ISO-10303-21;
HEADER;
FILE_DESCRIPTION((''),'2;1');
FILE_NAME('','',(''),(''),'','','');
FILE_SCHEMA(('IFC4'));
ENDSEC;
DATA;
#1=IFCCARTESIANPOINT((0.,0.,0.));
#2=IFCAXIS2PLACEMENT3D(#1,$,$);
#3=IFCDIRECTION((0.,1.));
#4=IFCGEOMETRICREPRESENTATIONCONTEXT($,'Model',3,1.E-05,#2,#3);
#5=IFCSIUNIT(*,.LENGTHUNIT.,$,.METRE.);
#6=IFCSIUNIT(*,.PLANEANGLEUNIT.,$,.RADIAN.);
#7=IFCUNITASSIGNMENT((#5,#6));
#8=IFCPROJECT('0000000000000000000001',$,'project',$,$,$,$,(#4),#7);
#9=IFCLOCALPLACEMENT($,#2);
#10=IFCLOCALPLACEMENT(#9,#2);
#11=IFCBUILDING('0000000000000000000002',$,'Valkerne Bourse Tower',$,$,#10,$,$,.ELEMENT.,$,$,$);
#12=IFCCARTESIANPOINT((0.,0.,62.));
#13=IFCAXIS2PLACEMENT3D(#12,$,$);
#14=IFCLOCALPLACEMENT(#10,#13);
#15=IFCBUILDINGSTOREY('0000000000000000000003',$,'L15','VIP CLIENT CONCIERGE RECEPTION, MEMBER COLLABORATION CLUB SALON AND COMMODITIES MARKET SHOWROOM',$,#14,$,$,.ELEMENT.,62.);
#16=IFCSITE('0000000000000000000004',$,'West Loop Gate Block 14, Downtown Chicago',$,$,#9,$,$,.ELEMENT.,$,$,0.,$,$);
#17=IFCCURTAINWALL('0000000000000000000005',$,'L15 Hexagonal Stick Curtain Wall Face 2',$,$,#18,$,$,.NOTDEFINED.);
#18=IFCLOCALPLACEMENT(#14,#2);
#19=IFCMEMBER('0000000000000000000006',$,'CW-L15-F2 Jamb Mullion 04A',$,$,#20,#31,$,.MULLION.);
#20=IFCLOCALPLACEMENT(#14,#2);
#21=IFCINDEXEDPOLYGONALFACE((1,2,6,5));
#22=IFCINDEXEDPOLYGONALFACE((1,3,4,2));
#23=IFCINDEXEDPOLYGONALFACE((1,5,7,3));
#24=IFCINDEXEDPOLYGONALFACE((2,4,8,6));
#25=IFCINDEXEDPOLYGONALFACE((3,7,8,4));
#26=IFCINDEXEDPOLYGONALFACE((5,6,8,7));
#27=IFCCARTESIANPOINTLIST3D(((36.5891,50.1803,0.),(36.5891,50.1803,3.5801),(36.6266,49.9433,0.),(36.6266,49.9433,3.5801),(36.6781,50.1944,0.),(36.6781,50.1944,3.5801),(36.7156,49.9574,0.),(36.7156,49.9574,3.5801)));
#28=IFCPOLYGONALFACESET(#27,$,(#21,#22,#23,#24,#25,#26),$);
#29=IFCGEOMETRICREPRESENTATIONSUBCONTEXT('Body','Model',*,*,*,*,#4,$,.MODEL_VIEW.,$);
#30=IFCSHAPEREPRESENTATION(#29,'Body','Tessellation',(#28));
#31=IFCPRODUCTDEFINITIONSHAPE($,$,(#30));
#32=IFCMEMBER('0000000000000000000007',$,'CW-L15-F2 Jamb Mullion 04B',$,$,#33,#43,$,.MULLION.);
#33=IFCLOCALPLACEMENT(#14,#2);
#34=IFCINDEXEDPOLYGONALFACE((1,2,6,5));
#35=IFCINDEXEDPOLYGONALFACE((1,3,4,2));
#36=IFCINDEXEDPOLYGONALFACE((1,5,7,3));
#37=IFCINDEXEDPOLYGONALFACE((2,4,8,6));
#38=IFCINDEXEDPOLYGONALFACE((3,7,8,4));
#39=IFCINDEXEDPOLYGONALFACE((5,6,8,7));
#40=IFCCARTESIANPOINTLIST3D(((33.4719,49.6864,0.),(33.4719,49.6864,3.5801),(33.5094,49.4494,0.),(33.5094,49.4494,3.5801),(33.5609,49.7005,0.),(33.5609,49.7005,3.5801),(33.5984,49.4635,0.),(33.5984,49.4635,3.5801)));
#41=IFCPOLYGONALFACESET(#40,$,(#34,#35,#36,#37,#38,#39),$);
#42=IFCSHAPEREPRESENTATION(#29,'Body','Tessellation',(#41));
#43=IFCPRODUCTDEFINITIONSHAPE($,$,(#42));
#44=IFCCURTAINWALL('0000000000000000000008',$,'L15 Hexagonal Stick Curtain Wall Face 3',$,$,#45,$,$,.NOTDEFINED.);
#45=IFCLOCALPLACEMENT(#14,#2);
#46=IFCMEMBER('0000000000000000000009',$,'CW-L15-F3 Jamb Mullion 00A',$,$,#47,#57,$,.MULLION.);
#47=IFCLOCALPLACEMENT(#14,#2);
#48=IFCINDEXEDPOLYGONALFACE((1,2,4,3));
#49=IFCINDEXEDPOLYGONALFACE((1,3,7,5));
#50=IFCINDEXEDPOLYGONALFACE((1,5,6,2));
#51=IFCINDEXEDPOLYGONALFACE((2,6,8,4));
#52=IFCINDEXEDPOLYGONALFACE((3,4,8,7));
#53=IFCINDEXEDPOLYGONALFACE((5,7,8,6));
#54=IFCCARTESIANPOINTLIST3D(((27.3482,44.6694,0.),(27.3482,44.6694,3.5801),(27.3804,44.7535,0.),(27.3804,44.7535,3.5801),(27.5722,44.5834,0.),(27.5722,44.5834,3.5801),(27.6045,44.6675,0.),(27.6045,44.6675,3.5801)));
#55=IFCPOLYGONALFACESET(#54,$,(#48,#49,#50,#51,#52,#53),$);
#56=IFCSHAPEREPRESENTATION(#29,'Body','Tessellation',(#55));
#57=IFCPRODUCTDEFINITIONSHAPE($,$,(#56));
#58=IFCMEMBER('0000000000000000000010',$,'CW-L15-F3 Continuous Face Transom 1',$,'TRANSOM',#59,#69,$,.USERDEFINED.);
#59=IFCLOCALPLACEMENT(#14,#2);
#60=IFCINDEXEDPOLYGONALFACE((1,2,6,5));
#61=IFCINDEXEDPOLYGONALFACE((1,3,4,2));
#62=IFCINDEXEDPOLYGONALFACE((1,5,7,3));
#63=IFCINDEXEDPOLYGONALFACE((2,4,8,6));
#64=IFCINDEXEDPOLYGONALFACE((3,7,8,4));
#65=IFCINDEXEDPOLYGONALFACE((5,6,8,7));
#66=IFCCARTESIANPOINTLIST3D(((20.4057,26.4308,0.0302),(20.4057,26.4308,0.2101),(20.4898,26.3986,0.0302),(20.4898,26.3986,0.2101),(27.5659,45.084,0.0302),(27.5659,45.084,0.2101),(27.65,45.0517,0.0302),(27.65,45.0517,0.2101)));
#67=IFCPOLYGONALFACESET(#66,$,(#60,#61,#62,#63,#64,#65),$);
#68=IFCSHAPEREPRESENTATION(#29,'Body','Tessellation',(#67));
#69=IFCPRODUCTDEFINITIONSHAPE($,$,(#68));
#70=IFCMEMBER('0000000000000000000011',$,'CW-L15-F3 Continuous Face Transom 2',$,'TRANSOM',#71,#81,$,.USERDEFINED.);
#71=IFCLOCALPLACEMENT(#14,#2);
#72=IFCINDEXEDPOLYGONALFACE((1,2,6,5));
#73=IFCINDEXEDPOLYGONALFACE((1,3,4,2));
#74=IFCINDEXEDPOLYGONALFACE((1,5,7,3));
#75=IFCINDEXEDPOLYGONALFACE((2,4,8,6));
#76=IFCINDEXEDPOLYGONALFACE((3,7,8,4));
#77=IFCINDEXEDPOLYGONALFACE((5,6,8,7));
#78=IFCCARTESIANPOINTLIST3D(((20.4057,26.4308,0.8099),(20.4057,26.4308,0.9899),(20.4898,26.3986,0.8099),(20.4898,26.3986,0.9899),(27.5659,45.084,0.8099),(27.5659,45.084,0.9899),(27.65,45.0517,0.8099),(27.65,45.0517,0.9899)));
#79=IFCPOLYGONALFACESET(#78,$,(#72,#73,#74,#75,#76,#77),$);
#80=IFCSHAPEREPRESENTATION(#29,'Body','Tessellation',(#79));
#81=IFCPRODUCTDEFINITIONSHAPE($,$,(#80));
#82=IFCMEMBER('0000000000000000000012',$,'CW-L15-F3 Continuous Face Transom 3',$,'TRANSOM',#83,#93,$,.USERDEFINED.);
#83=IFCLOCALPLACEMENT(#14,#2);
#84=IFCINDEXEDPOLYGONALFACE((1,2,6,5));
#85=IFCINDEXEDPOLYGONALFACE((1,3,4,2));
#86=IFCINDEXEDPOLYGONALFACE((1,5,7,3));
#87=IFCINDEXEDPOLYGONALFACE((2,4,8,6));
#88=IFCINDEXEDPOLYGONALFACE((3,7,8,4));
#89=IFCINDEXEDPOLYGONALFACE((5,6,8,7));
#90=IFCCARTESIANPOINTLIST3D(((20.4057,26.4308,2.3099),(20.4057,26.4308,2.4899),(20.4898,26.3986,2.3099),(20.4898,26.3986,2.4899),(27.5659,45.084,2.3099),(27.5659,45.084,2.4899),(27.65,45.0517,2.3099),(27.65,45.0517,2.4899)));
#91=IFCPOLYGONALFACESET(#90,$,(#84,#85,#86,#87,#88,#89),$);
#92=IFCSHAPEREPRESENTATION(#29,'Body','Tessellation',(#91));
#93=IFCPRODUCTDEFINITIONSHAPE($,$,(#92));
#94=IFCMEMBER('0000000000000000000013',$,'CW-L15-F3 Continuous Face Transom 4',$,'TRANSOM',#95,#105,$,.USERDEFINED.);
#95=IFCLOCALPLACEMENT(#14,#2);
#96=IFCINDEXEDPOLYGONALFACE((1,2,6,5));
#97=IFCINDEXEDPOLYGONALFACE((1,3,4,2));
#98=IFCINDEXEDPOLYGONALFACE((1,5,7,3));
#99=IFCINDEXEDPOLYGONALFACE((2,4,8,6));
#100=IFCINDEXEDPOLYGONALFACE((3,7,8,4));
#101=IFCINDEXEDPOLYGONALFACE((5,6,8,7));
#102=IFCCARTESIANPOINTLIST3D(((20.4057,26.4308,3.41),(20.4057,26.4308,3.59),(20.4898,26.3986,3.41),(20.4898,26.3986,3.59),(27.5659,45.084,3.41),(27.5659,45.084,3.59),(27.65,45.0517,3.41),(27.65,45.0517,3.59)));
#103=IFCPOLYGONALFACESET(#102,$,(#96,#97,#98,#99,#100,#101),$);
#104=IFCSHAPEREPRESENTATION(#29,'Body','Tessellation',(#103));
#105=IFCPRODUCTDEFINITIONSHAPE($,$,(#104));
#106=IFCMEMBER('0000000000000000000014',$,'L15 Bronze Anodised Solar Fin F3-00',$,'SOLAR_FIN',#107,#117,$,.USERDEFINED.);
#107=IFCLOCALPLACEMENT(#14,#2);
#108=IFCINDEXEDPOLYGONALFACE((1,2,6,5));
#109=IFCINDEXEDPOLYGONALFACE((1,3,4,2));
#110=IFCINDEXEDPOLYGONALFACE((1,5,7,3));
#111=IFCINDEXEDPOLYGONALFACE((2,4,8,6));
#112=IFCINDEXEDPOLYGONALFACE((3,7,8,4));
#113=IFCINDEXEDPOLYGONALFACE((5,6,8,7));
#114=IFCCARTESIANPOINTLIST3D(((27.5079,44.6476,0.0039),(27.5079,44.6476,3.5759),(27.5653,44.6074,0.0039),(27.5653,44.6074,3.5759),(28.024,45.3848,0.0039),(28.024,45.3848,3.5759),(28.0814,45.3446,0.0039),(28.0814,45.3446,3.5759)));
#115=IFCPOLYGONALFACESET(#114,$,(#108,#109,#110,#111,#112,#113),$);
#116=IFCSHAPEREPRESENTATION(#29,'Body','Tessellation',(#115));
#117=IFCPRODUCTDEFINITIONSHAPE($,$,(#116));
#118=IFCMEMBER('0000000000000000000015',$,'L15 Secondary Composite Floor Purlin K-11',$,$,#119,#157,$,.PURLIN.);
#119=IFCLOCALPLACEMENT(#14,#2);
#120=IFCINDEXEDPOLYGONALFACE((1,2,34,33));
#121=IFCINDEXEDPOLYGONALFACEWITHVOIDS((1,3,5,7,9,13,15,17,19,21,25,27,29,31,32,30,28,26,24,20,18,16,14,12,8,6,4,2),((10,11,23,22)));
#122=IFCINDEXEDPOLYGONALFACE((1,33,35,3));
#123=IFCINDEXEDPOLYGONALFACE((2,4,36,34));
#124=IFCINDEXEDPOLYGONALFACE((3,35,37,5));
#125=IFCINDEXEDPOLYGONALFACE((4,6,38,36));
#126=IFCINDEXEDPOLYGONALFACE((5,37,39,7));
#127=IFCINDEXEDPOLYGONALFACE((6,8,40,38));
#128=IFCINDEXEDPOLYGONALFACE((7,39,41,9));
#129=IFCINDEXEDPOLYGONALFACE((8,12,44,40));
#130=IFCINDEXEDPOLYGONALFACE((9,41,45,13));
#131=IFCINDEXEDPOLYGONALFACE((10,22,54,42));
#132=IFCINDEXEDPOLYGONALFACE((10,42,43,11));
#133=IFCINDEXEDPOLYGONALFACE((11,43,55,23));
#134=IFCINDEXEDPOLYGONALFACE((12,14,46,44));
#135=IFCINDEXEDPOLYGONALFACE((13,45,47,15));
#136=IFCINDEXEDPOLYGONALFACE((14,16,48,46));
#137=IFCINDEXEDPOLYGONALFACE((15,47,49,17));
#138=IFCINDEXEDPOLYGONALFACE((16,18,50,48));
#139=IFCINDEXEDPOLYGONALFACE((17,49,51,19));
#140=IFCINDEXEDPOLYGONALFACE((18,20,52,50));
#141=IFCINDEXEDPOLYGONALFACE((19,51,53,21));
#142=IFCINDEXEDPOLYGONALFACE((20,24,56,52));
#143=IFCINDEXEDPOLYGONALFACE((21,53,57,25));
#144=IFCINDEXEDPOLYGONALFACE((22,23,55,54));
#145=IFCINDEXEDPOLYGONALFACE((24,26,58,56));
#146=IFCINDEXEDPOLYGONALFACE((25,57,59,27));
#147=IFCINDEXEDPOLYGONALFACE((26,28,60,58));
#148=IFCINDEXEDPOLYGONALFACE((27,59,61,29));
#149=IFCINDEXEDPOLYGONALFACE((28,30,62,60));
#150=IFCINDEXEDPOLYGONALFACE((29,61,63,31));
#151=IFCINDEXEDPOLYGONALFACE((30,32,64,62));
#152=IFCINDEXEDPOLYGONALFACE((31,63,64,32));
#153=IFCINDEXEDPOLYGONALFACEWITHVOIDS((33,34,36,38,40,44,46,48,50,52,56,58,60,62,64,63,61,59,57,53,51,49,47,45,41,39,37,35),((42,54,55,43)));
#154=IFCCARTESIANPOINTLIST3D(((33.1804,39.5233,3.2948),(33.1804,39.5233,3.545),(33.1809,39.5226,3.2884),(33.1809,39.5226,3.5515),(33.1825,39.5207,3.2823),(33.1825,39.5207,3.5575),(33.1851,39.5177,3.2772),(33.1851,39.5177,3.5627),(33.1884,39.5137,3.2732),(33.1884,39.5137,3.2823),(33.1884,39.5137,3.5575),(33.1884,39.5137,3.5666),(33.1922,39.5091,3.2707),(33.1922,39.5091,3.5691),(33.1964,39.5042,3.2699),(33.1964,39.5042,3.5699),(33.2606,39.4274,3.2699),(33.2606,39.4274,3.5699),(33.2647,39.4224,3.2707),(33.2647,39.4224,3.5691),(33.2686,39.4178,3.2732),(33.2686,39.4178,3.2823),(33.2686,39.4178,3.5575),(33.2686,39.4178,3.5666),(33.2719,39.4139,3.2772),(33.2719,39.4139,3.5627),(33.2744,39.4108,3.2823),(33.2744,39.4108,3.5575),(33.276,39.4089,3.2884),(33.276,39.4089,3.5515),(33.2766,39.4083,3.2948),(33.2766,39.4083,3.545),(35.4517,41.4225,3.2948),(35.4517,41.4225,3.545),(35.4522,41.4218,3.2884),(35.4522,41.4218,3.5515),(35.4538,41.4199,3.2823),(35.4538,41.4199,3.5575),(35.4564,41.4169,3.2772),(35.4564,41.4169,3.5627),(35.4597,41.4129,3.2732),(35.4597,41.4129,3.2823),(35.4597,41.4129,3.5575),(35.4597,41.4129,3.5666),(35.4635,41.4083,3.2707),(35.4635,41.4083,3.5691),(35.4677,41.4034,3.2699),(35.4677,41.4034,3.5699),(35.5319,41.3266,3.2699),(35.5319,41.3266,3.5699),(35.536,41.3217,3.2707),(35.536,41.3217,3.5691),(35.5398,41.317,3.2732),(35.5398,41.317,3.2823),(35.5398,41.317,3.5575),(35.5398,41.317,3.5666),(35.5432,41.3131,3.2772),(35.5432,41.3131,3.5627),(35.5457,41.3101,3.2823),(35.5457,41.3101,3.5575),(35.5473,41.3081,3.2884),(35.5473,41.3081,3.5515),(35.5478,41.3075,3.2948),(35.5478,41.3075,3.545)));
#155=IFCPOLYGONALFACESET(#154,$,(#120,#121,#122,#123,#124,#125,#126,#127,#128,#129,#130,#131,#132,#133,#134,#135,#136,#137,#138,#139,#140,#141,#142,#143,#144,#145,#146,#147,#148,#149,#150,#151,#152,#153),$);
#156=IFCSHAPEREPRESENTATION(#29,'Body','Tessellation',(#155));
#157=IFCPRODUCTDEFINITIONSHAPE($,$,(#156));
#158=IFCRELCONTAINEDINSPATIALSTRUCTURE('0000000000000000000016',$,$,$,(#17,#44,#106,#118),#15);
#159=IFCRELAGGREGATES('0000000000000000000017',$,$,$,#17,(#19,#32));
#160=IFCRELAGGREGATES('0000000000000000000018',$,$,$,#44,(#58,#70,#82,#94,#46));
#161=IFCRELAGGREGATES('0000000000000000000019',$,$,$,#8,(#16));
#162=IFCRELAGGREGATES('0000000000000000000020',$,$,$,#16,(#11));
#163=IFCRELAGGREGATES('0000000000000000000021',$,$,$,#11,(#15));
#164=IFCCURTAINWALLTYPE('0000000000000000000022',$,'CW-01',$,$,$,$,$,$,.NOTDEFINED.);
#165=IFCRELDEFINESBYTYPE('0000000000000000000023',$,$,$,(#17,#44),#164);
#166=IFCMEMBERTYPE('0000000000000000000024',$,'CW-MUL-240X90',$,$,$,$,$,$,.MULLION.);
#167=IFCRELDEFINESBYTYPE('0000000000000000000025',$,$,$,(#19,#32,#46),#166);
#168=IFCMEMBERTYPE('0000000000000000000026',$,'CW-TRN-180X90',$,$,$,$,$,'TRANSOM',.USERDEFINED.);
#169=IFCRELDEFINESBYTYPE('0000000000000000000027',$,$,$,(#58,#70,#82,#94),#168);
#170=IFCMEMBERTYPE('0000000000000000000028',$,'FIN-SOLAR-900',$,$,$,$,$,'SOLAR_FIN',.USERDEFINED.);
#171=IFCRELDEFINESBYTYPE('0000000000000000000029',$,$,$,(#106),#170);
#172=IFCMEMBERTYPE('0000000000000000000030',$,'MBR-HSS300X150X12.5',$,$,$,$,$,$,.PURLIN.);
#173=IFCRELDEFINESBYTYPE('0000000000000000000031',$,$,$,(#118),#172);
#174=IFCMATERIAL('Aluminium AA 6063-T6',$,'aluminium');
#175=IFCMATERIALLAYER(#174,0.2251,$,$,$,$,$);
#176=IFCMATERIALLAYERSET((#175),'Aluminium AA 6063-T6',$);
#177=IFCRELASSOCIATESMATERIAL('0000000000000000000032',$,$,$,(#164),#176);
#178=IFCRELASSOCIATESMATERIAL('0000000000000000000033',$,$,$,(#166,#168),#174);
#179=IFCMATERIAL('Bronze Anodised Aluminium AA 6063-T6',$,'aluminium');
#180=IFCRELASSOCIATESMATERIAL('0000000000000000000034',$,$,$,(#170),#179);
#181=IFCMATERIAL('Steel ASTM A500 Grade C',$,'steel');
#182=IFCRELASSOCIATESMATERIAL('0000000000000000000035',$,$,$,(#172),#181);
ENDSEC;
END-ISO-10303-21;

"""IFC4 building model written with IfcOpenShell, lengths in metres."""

from ifc_helpers import new_model, si_unit, direction, frame, origin, origin_2d, place, context, subcontext, project, spatial, rectangle, hollow_rectangle, extrude, material, layer, layer_set, material_profile, profile_set, type_object, element, aggregate, save


model = new_model("IFC4")

# Units and contexts
model_context = context("Model", 3, precision=1e-05, world=origin(), true_north=direction((0.0, 1.0)))
body_context = subcontext(model_context, "Body", "Model", "MODEL_VIEW")
ifc_project = project(units=[si_unit("LENGTHUNIT", "METRE"), si_unit("PLANEANGLEUNIT", "RADIAN")], contexts=[model_context])

# Site, building, storey
site_placement = place(None, origin())
site = spatial("IfcSite", under=ifc_project, at=site_placement, Name="West Loop Gate Block 14, Downtown Chicago", CompositionType="ELEMENT", RefElevation=0.0)
building_placement = place(site_placement, origin())
building = spatial("IfcBuilding", under=site, at=building_placement, Name="Valkerne Bourse Tower", CompositionType="ELEMENT")
storey_placement = place(building_placement, frame((0.0, 0.0, 62.0)))
storey = spatial("IfcBuildingStorey", under=building, at=storey_placement, Name="L15", Description="VIP CLIENT CONCIERGE RECEPTION, MEMBER COLLABORATION CLUB SALON AND COMMODITIES MARKET SHOWROOM", CompositionType="ELEMENT", Elevation=62.0)

# Curtain walls, members
ifc_material_1 = material(Name="Aluminium AA 6063-T6", Category="aluminium")
ifc_layer_1 = layer(ifc_material_1, 0.2251)
ifc_layer_set_1 = layer_set([ifc_layer_1], Name="Aluminium AA 6063-T6")
curtain_wall_type = type_object("IfcCurtainWallType", Name="CW-01", PredefinedType="NOTDEFINED", material=ifc_layer_set_1)
curtain_wall_1_placement = place(storey_placement, origin())
curtain_wall_1 = element("IfcCurtainWall", 1, at=curtain_wall_1_placement, inside=storey, type_object=curtain_wall_type, Name="L15 Hexagonal Stick Curtain Wall Face 2", PredefinedType="NOTDEFINED")
ifc_material_profile_1 = material_profile(ifc_material_1, rectangle(XDim=0.0901, YDim=0.24, at=origin_2d()), Name="CWM-90X240")
ifc_profile_set_1 = profile_set([ifc_material_profile_1], Name="Aluminium AA 6063-T6")
member_type_1 = type_object("IfcMemberType", Name="CW-MUL-240X90", PredefinedType="MULLION", material=ifc_profile_set_1)
member_1_placement = place(storey_placement, frame((36.6523, 50.0688, 0.0), z_axis=(0.0, 0.0, 1.0), x_axis=(-0.987685, -0.156456, 0.0)))
member_1 = element("IfcMember", 2, at=member_1_placement, type_object=member_type_1, Name="CW-L15-F2 Jamb Mullion 04A", PredefinedType="MULLION", context=body_context, shape_type="SweptSolid", body=[
    extrude(rectangle(XDim=0.0901, YDim=0.24, at=origin_2d()), origin(), (0.0, 0.0, 1.0), 3.5801),
])
member_2_placement = place(storey_placement, frame((33.5352, 49.575, 0.0), z_axis=(0.0, 0.0, 1.0), x_axis=(-0.987685, -0.156456, 0.0)))
member_2 = element("IfcMember", 3, at=member_2_placement, type_object=member_type_1, Name="CW-L15-F2 Jamb Mullion 04B", PredefinedType="MULLION", context=body_context, shape_type="SweptSolid", body=[
    extrude(rectangle(XDim=0.0901, YDim=0.24, at=origin_2d()), origin(), (0.0, 0.0, 1.0), 3.5801),
])
curtain_wall_2_placement = place(storey_placement, origin())
curtain_wall_2 = element("IfcCurtainWall", 4, at=curtain_wall_2_placement, inside=storey, type_object=curtain_wall_type, Name="L15 Hexagonal Stick Curtain Wall Face 3", PredefinedType="NOTDEFINED")
member_3_placement = place(storey_placement, frame((27.4763, 44.6685, 0.0), z_axis=(0.0, 0.0, 1.0), x_axis=(-0.358367, -0.933581, 0.0)))
member_3 = element("IfcMember", 5, at=member_3_placement, type_object=member_type_1, Name="CW-L15-F3 Jamb Mullion 00A", PredefinedType="MULLION", context=body_context, shape_type="SweptSolid", body=[
    extrude(rectangle(XDim=0.0901, YDim=0.24, at=origin_2d()), origin(), (0.0, 0.0, 1.0), 3.5801),
])
ifc_material_profile_2 = material_profile(ifc_material_1, rectangle(XDim=0.0901, YDim=0.1799, at=origin_2d()), Name="CWT-90X180")
ifc_profile_set_2 = profile_set([ifc_material_profile_2], Name="Aluminium AA 6063-T6")
member_type_2 = type_object("IfcMemberType", Name="CW-TRN-180X90", ElementType="TRANSOM", PredefinedType="USERDEFINED", material=ifc_profile_set_2)
member_4_placement = place(storey_placement, frame((27.6079, 45.0679, 0.1201), z_axis=(-0.358364, -0.933582, 0.0), x_axis=(0.933582, -0.358364, 0.0)))
member_4 = element("IfcMember", 6, at=member_4_placement, type_object=member_type_2, Name="CW-L15-F3 Continuous Face Transom 1", ObjectType="TRANSOM", PredefinedType="USERDEFINED", context=body_context, shape_type="SweptSolid", body=[
    extrude(rectangle(XDim=0.0901, YDim=0.1799, at=origin_2d()), origin(), (0.0, 0.0, 1.0), 19.9802),
])
member_5_placement = place(storey_placement, frame((27.6079, 45.0679, 0.8999), z_axis=(-0.358364, -0.933582, 0.0), x_axis=(0.933582, -0.358364, 0.0)))
member_5 = element("IfcMember", 7, at=member_5_placement, type_object=member_type_2, Name="CW-L15-F3 Continuous Face Transom 2", ObjectType="TRANSOM", PredefinedType="USERDEFINED", context=body_context, shape_type="SweptSolid", body=[
    extrude(rectangle(XDim=0.0901, YDim=0.1799, at=origin_2d()), origin(), (0.0, 0.0, 1.0), 19.9802),
])
member_6_placement = place(storey_placement, frame((27.6079, 45.0679, 2.3999), z_axis=(-0.358364, -0.933582, 0.0), x_axis=(0.933582, -0.358364, 0.0)))
member_6 = element("IfcMember", 8, at=member_6_placement, type_object=member_type_2, Name="CW-L15-F3 Continuous Face Transom 3", ObjectType="TRANSOM", PredefinedType="USERDEFINED", context=body_context, shape_type="SweptSolid", body=[
    extrude(rectangle(XDim=0.0901, YDim=0.1799, at=origin_2d()), origin(), (0.0, 0.0, 1.0), 19.9802),
])
member_7_placement = place(storey_placement, frame((27.6079, 45.0679, 3.5), z_axis=(-0.358364, -0.933582, 0.0), x_axis=(0.933582, -0.358364, 0.0)))
member_7 = element("IfcMember", 9, at=member_7_placement, type_object=member_type_2, Name="CW-L15-F3 Continuous Face Transom 4", ObjectType="TRANSOM", PredefinedType="USERDEFINED", context=body_context, shape_type="SweptSolid", body=[
    extrude(rectangle(XDim=0.0901, YDim=0.1799, at=origin_2d()), origin(), (0.0, 0.0, 1.0), 19.9802),
])

# Members
ifc_material_2 = material(Name="Bronze Anodised Aluminium AA 6063-T6", Category="aluminium")
ifc_material_profile_3 = material_profile(ifc_material_2, rectangle(XDim=0.0701, YDim=0.8999, at=origin_2d()), Name="FIN-70X900")
ifc_profile_set_3 = profile_set([ifc_material_profile_3], Name="Bronze Anodised Aluminium AA 6063-T6")
member_type_3 = type_object("IfcMemberType", Name="FIN-SOLAR-900", ElementType="SOLAR_FIN", PredefinedType="USERDEFINED", material=ifc_profile_set_3)
member_8_placement = place(storey_placement, frame((27.7947, 44.9961, 0.0039), z_axis=(0.0, 0.0, 1.0), x_axis=(-0.819201, 0.573507, 0.0)))
element("IfcMember", 10, at=member_8_placement, inside=storey, type_object=member_type_3, Name="L15 Bronze Anodised Solar Fin F3-00", ObjectType="SOLAR_FIN", PredefinedType="USERDEFINED", context=body_context, shape_type="SweptSolid", body=[
    extrude(rectangle(XDim=0.0701, YDim=0.8999, at=origin_2d()), origin(), (0.0, 0.0, 1.0), 3.572),
])
ifc_material_3 = material(Name="Steel ASTM A500 Grade C", Category="steel")
ifc_material_profile_4 = material_profile(ifc_material_3, hollow_rectangle(XDim=0.1499, YDim=0.3, WallThickness=0.0125, OuterFilletRadius=0.0249, at=origin_2d()), Name="HSS300X150X12.5")
ifc_profile_set_4 = profile_set([ifc_material_profile_4], Name="Steel ASTM A500 Grade C")
member_type_4 = type_object("IfcMemberType", Name="MBR-HSS300X150X12.5", PredefinedType="PURLIN", material=ifc_profile_set_4)
member_9_placement = place(storey_placement, frame((35.4998, 41.365, 3.4199), z_axis=(-0.767145, -0.641473, 0.0), x_axis=(0.641473, -0.767145, 0.0)))
element("IfcMember", 11, at=member_9_placement, inside=storey, type_object=member_type_4, Name="L15 Secondary Composite Floor Purlin K-11", PredefinedType="PURLIN", context=body_context, shape_type="SweptSolid", body=[
    extrude(hollow_rectangle(XDim=0.1499, YDim=0.3, WallThickness=0.0125, OuterFilletRadius=0.0249, at=origin_2d()), origin(), (0.0, 0.0, 1.0), 2.9607),
])

aggregate(curtain_wall_1, [member_1, member_2])
aggregate(curtain_wall_2, [member_4, member_5, member_6, member_7, member_3])

save(model, "model.ifc")
